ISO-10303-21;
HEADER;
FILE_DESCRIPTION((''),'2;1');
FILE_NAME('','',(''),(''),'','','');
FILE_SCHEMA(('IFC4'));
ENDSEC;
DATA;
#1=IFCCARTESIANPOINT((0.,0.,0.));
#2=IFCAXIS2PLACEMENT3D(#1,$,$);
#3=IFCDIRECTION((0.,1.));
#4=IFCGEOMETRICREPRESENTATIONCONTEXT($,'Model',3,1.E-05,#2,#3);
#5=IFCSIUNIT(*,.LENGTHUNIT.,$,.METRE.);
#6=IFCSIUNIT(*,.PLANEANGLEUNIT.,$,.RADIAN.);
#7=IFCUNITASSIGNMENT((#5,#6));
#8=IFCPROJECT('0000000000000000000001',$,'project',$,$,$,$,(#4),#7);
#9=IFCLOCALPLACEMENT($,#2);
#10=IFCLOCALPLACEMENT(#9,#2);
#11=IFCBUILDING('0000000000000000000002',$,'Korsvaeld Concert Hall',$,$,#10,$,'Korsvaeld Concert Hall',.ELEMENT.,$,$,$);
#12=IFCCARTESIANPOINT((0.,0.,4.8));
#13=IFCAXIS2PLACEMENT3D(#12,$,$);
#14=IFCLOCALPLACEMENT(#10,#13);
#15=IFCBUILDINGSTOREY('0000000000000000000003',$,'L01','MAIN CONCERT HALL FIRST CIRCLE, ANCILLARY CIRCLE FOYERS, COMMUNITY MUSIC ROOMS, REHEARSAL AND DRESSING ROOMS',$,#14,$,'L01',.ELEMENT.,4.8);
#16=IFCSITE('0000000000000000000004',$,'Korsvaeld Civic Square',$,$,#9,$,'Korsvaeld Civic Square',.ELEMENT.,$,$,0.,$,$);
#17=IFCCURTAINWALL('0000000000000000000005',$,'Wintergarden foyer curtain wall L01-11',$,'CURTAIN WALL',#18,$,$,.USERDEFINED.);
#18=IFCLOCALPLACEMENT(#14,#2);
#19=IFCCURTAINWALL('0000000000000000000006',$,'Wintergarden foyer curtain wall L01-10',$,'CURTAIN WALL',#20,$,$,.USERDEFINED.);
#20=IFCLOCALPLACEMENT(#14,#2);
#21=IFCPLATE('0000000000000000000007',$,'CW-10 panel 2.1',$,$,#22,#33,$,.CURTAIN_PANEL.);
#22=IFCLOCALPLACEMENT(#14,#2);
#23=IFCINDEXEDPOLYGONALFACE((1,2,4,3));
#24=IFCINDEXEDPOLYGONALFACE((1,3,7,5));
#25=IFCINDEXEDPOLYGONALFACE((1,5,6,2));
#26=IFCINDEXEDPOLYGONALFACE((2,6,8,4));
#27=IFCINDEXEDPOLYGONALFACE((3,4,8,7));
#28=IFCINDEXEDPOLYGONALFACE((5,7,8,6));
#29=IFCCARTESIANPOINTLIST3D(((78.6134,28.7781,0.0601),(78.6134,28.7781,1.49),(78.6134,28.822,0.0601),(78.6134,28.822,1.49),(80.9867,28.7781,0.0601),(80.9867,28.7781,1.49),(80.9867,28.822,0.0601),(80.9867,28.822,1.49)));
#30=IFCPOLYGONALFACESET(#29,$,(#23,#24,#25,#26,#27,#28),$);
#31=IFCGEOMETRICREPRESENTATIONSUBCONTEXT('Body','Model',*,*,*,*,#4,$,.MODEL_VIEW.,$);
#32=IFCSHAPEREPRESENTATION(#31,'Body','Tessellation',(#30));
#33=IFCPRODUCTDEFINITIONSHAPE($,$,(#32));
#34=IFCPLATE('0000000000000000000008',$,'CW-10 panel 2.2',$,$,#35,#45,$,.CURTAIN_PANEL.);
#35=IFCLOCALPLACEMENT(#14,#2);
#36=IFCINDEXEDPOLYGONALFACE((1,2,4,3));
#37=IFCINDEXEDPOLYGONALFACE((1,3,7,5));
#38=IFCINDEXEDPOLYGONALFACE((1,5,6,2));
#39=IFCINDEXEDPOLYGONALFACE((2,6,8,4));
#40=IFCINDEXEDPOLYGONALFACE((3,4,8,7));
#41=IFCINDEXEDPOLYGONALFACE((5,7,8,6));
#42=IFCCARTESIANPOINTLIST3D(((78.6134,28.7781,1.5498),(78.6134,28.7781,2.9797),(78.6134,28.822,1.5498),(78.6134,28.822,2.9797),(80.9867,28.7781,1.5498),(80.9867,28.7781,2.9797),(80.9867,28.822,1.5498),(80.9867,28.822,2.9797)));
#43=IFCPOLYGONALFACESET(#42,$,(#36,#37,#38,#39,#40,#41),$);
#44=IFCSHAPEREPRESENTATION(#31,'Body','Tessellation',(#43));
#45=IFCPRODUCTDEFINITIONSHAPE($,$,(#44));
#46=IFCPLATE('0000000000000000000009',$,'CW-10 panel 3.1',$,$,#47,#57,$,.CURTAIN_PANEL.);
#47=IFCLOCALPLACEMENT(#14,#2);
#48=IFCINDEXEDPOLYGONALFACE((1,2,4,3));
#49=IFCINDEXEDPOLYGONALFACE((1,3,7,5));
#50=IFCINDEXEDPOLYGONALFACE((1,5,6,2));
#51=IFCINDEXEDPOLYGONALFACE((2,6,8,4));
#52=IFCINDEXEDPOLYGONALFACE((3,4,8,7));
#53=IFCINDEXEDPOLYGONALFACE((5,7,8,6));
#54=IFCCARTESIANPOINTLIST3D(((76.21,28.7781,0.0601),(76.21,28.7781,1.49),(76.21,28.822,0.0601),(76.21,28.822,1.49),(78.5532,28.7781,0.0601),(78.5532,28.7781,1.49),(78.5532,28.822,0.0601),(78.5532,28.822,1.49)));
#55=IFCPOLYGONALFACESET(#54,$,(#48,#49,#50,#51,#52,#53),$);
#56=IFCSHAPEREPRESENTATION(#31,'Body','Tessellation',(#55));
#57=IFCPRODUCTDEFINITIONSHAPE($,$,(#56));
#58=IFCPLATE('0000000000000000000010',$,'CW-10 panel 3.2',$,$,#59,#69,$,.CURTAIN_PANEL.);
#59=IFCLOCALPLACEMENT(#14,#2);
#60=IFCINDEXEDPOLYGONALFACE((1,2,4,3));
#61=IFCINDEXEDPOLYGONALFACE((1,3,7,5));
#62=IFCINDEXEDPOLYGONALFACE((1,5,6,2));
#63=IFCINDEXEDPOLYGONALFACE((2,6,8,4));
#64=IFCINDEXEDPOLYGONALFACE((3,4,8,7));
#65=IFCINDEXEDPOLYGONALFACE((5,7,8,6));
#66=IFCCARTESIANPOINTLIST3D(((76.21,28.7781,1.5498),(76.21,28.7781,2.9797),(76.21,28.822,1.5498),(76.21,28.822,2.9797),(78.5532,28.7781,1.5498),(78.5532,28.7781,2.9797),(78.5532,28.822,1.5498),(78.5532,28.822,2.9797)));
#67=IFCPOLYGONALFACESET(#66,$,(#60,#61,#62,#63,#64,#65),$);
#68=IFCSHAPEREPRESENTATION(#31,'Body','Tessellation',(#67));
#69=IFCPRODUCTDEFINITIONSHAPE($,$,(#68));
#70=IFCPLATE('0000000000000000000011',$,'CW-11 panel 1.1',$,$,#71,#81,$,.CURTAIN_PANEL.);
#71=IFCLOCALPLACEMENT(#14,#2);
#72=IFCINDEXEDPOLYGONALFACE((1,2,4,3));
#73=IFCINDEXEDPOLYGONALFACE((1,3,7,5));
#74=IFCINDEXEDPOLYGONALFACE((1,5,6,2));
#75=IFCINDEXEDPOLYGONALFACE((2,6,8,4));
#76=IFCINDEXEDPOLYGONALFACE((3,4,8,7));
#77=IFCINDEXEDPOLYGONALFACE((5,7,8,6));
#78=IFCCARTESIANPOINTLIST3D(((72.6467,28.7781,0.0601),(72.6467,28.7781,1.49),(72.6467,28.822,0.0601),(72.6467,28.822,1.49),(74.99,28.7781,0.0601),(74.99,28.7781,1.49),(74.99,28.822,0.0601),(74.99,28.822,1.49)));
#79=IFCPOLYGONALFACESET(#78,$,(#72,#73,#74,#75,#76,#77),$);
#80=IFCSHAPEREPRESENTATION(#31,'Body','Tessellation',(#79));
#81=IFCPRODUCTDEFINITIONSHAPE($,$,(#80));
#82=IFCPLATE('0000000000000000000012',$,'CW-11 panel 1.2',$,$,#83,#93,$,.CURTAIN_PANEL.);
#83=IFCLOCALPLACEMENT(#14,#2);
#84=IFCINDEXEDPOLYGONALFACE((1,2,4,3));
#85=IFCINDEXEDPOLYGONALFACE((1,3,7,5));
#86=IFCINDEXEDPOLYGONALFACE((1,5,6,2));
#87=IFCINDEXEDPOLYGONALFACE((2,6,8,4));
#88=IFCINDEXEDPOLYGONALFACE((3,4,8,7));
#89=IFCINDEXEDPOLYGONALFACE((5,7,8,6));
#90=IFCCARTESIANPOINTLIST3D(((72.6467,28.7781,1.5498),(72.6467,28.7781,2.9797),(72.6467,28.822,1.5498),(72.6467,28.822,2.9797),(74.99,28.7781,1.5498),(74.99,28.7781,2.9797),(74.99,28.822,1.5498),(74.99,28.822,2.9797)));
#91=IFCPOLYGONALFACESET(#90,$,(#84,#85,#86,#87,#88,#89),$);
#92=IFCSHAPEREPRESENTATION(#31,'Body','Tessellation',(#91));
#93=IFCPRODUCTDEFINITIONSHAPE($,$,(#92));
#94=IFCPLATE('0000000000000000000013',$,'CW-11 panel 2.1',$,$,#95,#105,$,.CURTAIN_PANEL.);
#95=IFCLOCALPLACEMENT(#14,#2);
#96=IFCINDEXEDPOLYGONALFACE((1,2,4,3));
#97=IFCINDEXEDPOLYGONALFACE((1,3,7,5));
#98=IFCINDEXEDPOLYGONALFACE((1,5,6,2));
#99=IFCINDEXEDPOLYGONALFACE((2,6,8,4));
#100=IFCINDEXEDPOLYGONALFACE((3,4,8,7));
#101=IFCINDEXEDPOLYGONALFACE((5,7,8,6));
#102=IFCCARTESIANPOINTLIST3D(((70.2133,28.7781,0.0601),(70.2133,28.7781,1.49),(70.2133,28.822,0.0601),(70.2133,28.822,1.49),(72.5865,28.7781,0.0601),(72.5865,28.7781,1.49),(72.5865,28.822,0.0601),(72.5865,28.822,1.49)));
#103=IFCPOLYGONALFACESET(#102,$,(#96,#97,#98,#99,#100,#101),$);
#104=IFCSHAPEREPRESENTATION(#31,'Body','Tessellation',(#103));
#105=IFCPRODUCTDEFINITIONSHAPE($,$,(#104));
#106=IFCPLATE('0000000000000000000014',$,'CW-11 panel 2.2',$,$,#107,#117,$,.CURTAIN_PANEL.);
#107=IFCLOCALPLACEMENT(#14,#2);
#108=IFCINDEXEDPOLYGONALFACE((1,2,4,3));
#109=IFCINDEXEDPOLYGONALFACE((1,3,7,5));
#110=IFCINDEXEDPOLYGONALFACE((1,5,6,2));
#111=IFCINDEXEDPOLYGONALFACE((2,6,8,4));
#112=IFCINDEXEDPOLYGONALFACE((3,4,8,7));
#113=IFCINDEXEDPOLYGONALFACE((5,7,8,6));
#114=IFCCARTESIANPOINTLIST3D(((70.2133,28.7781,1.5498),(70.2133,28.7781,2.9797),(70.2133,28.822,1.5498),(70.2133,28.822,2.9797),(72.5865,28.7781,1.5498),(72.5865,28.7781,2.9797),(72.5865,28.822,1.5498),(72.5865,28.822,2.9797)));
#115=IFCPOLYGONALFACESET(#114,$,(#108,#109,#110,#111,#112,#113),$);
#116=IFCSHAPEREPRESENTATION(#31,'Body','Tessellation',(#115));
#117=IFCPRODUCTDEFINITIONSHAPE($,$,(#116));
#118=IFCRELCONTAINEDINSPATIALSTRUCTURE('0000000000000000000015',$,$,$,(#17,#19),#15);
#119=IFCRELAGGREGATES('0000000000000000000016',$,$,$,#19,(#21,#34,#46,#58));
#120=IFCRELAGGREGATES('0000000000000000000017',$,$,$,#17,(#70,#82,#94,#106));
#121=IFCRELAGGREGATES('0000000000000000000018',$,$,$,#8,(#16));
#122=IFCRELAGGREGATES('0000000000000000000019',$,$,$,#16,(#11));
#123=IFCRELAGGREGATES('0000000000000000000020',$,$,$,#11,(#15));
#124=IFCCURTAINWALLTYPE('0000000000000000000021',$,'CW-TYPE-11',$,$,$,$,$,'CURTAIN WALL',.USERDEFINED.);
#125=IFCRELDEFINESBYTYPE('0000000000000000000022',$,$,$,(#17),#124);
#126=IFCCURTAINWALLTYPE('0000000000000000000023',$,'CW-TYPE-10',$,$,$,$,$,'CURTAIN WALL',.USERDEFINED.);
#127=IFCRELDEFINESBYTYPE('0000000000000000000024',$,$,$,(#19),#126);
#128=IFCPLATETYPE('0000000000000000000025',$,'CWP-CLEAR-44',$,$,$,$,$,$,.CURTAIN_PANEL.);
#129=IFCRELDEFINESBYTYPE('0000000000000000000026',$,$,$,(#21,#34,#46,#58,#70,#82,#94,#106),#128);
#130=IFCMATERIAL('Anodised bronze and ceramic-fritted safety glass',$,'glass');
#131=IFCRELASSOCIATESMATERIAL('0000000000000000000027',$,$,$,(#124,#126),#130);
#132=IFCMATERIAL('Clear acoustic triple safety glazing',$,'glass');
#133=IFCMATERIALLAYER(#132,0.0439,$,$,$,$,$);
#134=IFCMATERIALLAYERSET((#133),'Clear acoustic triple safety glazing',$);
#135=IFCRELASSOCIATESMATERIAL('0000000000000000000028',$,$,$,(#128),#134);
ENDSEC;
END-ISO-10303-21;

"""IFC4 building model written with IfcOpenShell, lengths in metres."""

from ifc_helpers import new_model, si_unit, direction, frame, origin, origin_2d, place, context, subcontext, project, spatial, rectangle, extrude, material, layer, layer_set, type_object, element, aggregate, save


model = new_model("IFC4")

# Units and contexts
model_context = context("Model", 3, precision=1e-05, world=origin(), true_north=direction((0.0, 1.0)))
body_context = subcontext(model_context, "Body", "Model", "MODEL_VIEW")
ifc_project = project(units=[si_unit("LENGTHUNIT", "METRE"), si_unit("PLANEANGLEUNIT", "RADIAN")], contexts=[model_context])

# Site, building, storey
site_placement = place(None, origin())
site = spatial("IfcSite", under=ifc_project, at=site_placement, Name="Korsvaeld Civic Square", LongName="Korsvaeld Civic Square", CompositionType="ELEMENT", RefElevation=0.0)
building_placement = place(site_placement, origin())
building = spatial("IfcBuilding", under=site, at=building_placement, Name="Korsvaeld Concert Hall", LongName="Korsvaeld Concert Hall", CompositionType="ELEMENT")
storey_placement = place(building_placement, frame((0.0, 0.0, 4.8)))
storey = spatial("IfcBuildingStorey", under=building, at=storey_placement, Name="L01", Description="MAIN CONCERT HALL FIRST CIRCLE, ANCILLARY CIRCLE FOYERS, COMMUNITY MUSIC ROOMS, REHEARSAL AND DRESSING ROOMS", LongName="L01", CompositionType="ELEMENT", Elevation=4.8)

# Curtain walls
ifc_material_1 = material(Name="Anodised bronze and ceramic-fritted safety glass", Category="glass")
curtain_wall_type_1 = type_object("IfcCurtainWallType", Name="CW-TYPE-11", ElementType="CURTAIN WALL", PredefinedType="USERDEFINED", material=ifc_material_1)
curtain_wall_1_placement = place(storey_placement, origin())
curtain_wall_1 = element("IfcCurtainWall", 1, at=curtain_wall_1_placement, inside=storey, type_object=curtain_wall_type_1, Name="Wintergarden foyer curtain wall L01-11", ObjectType="CURTAIN WALL", PredefinedType="USERDEFINED")
curtain_wall_type_2 = type_object("IfcCurtainWallType", Name="CW-TYPE-10", ElementType="CURTAIN WALL", PredefinedType="USERDEFINED", material=ifc_material_1)
curtain_wall_2_placement = place(storey_placement, origin())
curtain_wall_2 = element("IfcCurtainWall", 2, at=curtain_wall_2_placement, inside=storey, type_object=curtain_wall_type_2, Name="Wintergarden foyer curtain wall L01-10", ObjectType="CURTAIN WALL", PredefinedType="USERDEFINED")

# Plates
ifc_material_2 = material(Name="Clear acoustic triple safety glazing", Category="glass")
ifc_layer = layer(ifc_material_2, 0.0439)
ifc_layer_set = layer_set([ifc_layer], Name="Clear acoustic triple safety glazing")
plate_type = type_object("IfcPlateType", Name="CWP-CLEAR-44", PredefinedType="CURTAIN_PANEL", material=ifc_layer_set)
plate_1_placement = place(storey_placement, frame((79.8, 28.8, 0.0601), z_axis=(0.0, 0.0, 1.0), x_axis=(-1.0, 0.0, 0.0)))
plate_1 = element("IfcPlate", 3, at=plate_1_placement, type_object=plate_type, Name="CW-10 panel 2.1", PredefinedType="CURTAIN_PANEL", context=body_context, shape_type="SweptSolid", body=[
    extrude(rectangle(XDim=2.3733, YDim=0.0439, at=origin_2d()), origin(), (0.0, 0.0, 1.0), 1.4299),
])
plate_2_placement = place(storey_placement, frame((79.8, 28.8, 1.5498), z_axis=(0.0, 0.0, 1.0), x_axis=(-1.0, 0.0, 0.0)))
plate_2 = element("IfcPlate", 4, at=plate_2_placement, type_object=plate_type, Name="CW-10 panel 2.2", PredefinedType="CURTAIN_PANEL", context=body_context, shape_type="SweptSolid", body=[
    extrude(rectangle(XDim=2.3733, YDim=0.0439, at=origin_2d()), origin(), (0.0, 0.0, 1.0), 1.4299),
])
plate_3_placement = place(storey_placement, frame((77.3816, 28.8, 0.0601), z_axis=(0.0, 0.0, 1.0), x_axis=(-1.0, 0.0, 0.0)))
plate_3 = element("IfcPlate", 5, at=plate_3_placement, type_object=plate_type, Name="CW-10 panel 3.1", PredefinedType="CURTAIN_PANEL", context=body_context, shape_type="SweptSolid", body=[
    extrude(rectangle(XDim=2.3433, YDim=0.0439, at=origin_2d()), origin(), (0.0, 0.0, 1.0), 1.4299),
])
plate_4_placement = place(storey_placement, frame((77.3816, 28.8, 1.5498), z_axis=(0.0, 0.0, 1.0), x_axis=(-1.0, 0.0, 0.0)))
plate_4 = element("IfcPlate", 6, at=plate_4_placement, type_object=plate_type, Name="CW-10 panel 3.2", PredefinedType="CURTAIN_PANEL", context=body_context, shape_type="SweptSolid", body=[
    extrude(rectangle(XDim=2.3433, YDim=0.0439, at=origin_2d()), origin(), (0.0, 0.0, 1.0), 1.4299),
])
aggregate(curtain_wall_2, [plate_1, plate_2, plate_3, plate_4])
plate_5_placement = place(storey_placement, frame((73.8184, 28.8, 0.0601), z_axis=(0.0, 0.0, 1.0), x_axis=(-1.0, 0.0, 0.0)))
plate_5 = element("IfcPlate", 7, at=plate_5_placement, type_object=plate_type, Name="CW-11 panel 1.1", PredefinedType="CURTAIN_PANEL", context=body_context, shape_type="SweptSolid", body=[
    extrude(rectangle(XDim=2.3433, YDim=0.0439, at=origin_2d()), origin(), (0.0, 0.0, 1.0), 1.4299),
])
plate_6_placement = place(storey_placement, frame((73.8184, 28.8, 1.5498), z_axis=(0.0, 0.0, 1.0), x_axis=(-1.0, 0.0, 0.0)))
plate_6 = element("IfcPlate", 8, at=plate_6_placement, type_object=plate_type, Name="CW-11 panel 1.2", PredefinedType="CURTAIN_PANEL", context=body_context, shape_type="SweptSolid", body=[
    extrude(rectangle(XDim=2.3433, YDim=0.0439, at=origin_2d()), origin(), (0.0, 0.0, 1.0), 1.4299),
])
plate_7_placement = place(storey_placement, frame((71.3999, 28.8, 0.0601), z_axis=(0.0, 0.0, 1.0), x_axis=(-1.0, 0.0, 0.0)))
plate_7 = element("IfcPlate", 9, at=plate_7_placement, type_object=plate_type, Name="CW-11 panel 2.1", PredefinedType="CURTAIN_PANEL", context=body_context, shape_type="SweptSolid", body=[
    extrude(rectangle(XDim=2.3733, YDim=0.0439, at=origin_2d()), origin(), (0.0, 0.0, 1.0), 1.4299),
])
plate_8_placement = place(storey_placement, frame((71.3999, 28.8, 1.5498), z_axis=(0.0, 0.0, 1.0), x_axis=(-1.0, 0.0, 0.0)))
plate_8 = element("IfcPlate", 10, at=plate_8_placement, type_object=plate_type, Name="CW-11 panel 2.2", PredefinedType="CURTAIN_PANEL", context=body_context, shape_type="SweptSolid", body=[
    extrude(rectangle(XDim=2.3733, YDim=0.0439, at=origin_2d()), origin(), (0.0, 0.0, 1.0), 1.4299),
])
aggregate(curtain_wall_1, [plate_5, plate_6, plate_7, plate_8])

save(model, "model.ifc")
